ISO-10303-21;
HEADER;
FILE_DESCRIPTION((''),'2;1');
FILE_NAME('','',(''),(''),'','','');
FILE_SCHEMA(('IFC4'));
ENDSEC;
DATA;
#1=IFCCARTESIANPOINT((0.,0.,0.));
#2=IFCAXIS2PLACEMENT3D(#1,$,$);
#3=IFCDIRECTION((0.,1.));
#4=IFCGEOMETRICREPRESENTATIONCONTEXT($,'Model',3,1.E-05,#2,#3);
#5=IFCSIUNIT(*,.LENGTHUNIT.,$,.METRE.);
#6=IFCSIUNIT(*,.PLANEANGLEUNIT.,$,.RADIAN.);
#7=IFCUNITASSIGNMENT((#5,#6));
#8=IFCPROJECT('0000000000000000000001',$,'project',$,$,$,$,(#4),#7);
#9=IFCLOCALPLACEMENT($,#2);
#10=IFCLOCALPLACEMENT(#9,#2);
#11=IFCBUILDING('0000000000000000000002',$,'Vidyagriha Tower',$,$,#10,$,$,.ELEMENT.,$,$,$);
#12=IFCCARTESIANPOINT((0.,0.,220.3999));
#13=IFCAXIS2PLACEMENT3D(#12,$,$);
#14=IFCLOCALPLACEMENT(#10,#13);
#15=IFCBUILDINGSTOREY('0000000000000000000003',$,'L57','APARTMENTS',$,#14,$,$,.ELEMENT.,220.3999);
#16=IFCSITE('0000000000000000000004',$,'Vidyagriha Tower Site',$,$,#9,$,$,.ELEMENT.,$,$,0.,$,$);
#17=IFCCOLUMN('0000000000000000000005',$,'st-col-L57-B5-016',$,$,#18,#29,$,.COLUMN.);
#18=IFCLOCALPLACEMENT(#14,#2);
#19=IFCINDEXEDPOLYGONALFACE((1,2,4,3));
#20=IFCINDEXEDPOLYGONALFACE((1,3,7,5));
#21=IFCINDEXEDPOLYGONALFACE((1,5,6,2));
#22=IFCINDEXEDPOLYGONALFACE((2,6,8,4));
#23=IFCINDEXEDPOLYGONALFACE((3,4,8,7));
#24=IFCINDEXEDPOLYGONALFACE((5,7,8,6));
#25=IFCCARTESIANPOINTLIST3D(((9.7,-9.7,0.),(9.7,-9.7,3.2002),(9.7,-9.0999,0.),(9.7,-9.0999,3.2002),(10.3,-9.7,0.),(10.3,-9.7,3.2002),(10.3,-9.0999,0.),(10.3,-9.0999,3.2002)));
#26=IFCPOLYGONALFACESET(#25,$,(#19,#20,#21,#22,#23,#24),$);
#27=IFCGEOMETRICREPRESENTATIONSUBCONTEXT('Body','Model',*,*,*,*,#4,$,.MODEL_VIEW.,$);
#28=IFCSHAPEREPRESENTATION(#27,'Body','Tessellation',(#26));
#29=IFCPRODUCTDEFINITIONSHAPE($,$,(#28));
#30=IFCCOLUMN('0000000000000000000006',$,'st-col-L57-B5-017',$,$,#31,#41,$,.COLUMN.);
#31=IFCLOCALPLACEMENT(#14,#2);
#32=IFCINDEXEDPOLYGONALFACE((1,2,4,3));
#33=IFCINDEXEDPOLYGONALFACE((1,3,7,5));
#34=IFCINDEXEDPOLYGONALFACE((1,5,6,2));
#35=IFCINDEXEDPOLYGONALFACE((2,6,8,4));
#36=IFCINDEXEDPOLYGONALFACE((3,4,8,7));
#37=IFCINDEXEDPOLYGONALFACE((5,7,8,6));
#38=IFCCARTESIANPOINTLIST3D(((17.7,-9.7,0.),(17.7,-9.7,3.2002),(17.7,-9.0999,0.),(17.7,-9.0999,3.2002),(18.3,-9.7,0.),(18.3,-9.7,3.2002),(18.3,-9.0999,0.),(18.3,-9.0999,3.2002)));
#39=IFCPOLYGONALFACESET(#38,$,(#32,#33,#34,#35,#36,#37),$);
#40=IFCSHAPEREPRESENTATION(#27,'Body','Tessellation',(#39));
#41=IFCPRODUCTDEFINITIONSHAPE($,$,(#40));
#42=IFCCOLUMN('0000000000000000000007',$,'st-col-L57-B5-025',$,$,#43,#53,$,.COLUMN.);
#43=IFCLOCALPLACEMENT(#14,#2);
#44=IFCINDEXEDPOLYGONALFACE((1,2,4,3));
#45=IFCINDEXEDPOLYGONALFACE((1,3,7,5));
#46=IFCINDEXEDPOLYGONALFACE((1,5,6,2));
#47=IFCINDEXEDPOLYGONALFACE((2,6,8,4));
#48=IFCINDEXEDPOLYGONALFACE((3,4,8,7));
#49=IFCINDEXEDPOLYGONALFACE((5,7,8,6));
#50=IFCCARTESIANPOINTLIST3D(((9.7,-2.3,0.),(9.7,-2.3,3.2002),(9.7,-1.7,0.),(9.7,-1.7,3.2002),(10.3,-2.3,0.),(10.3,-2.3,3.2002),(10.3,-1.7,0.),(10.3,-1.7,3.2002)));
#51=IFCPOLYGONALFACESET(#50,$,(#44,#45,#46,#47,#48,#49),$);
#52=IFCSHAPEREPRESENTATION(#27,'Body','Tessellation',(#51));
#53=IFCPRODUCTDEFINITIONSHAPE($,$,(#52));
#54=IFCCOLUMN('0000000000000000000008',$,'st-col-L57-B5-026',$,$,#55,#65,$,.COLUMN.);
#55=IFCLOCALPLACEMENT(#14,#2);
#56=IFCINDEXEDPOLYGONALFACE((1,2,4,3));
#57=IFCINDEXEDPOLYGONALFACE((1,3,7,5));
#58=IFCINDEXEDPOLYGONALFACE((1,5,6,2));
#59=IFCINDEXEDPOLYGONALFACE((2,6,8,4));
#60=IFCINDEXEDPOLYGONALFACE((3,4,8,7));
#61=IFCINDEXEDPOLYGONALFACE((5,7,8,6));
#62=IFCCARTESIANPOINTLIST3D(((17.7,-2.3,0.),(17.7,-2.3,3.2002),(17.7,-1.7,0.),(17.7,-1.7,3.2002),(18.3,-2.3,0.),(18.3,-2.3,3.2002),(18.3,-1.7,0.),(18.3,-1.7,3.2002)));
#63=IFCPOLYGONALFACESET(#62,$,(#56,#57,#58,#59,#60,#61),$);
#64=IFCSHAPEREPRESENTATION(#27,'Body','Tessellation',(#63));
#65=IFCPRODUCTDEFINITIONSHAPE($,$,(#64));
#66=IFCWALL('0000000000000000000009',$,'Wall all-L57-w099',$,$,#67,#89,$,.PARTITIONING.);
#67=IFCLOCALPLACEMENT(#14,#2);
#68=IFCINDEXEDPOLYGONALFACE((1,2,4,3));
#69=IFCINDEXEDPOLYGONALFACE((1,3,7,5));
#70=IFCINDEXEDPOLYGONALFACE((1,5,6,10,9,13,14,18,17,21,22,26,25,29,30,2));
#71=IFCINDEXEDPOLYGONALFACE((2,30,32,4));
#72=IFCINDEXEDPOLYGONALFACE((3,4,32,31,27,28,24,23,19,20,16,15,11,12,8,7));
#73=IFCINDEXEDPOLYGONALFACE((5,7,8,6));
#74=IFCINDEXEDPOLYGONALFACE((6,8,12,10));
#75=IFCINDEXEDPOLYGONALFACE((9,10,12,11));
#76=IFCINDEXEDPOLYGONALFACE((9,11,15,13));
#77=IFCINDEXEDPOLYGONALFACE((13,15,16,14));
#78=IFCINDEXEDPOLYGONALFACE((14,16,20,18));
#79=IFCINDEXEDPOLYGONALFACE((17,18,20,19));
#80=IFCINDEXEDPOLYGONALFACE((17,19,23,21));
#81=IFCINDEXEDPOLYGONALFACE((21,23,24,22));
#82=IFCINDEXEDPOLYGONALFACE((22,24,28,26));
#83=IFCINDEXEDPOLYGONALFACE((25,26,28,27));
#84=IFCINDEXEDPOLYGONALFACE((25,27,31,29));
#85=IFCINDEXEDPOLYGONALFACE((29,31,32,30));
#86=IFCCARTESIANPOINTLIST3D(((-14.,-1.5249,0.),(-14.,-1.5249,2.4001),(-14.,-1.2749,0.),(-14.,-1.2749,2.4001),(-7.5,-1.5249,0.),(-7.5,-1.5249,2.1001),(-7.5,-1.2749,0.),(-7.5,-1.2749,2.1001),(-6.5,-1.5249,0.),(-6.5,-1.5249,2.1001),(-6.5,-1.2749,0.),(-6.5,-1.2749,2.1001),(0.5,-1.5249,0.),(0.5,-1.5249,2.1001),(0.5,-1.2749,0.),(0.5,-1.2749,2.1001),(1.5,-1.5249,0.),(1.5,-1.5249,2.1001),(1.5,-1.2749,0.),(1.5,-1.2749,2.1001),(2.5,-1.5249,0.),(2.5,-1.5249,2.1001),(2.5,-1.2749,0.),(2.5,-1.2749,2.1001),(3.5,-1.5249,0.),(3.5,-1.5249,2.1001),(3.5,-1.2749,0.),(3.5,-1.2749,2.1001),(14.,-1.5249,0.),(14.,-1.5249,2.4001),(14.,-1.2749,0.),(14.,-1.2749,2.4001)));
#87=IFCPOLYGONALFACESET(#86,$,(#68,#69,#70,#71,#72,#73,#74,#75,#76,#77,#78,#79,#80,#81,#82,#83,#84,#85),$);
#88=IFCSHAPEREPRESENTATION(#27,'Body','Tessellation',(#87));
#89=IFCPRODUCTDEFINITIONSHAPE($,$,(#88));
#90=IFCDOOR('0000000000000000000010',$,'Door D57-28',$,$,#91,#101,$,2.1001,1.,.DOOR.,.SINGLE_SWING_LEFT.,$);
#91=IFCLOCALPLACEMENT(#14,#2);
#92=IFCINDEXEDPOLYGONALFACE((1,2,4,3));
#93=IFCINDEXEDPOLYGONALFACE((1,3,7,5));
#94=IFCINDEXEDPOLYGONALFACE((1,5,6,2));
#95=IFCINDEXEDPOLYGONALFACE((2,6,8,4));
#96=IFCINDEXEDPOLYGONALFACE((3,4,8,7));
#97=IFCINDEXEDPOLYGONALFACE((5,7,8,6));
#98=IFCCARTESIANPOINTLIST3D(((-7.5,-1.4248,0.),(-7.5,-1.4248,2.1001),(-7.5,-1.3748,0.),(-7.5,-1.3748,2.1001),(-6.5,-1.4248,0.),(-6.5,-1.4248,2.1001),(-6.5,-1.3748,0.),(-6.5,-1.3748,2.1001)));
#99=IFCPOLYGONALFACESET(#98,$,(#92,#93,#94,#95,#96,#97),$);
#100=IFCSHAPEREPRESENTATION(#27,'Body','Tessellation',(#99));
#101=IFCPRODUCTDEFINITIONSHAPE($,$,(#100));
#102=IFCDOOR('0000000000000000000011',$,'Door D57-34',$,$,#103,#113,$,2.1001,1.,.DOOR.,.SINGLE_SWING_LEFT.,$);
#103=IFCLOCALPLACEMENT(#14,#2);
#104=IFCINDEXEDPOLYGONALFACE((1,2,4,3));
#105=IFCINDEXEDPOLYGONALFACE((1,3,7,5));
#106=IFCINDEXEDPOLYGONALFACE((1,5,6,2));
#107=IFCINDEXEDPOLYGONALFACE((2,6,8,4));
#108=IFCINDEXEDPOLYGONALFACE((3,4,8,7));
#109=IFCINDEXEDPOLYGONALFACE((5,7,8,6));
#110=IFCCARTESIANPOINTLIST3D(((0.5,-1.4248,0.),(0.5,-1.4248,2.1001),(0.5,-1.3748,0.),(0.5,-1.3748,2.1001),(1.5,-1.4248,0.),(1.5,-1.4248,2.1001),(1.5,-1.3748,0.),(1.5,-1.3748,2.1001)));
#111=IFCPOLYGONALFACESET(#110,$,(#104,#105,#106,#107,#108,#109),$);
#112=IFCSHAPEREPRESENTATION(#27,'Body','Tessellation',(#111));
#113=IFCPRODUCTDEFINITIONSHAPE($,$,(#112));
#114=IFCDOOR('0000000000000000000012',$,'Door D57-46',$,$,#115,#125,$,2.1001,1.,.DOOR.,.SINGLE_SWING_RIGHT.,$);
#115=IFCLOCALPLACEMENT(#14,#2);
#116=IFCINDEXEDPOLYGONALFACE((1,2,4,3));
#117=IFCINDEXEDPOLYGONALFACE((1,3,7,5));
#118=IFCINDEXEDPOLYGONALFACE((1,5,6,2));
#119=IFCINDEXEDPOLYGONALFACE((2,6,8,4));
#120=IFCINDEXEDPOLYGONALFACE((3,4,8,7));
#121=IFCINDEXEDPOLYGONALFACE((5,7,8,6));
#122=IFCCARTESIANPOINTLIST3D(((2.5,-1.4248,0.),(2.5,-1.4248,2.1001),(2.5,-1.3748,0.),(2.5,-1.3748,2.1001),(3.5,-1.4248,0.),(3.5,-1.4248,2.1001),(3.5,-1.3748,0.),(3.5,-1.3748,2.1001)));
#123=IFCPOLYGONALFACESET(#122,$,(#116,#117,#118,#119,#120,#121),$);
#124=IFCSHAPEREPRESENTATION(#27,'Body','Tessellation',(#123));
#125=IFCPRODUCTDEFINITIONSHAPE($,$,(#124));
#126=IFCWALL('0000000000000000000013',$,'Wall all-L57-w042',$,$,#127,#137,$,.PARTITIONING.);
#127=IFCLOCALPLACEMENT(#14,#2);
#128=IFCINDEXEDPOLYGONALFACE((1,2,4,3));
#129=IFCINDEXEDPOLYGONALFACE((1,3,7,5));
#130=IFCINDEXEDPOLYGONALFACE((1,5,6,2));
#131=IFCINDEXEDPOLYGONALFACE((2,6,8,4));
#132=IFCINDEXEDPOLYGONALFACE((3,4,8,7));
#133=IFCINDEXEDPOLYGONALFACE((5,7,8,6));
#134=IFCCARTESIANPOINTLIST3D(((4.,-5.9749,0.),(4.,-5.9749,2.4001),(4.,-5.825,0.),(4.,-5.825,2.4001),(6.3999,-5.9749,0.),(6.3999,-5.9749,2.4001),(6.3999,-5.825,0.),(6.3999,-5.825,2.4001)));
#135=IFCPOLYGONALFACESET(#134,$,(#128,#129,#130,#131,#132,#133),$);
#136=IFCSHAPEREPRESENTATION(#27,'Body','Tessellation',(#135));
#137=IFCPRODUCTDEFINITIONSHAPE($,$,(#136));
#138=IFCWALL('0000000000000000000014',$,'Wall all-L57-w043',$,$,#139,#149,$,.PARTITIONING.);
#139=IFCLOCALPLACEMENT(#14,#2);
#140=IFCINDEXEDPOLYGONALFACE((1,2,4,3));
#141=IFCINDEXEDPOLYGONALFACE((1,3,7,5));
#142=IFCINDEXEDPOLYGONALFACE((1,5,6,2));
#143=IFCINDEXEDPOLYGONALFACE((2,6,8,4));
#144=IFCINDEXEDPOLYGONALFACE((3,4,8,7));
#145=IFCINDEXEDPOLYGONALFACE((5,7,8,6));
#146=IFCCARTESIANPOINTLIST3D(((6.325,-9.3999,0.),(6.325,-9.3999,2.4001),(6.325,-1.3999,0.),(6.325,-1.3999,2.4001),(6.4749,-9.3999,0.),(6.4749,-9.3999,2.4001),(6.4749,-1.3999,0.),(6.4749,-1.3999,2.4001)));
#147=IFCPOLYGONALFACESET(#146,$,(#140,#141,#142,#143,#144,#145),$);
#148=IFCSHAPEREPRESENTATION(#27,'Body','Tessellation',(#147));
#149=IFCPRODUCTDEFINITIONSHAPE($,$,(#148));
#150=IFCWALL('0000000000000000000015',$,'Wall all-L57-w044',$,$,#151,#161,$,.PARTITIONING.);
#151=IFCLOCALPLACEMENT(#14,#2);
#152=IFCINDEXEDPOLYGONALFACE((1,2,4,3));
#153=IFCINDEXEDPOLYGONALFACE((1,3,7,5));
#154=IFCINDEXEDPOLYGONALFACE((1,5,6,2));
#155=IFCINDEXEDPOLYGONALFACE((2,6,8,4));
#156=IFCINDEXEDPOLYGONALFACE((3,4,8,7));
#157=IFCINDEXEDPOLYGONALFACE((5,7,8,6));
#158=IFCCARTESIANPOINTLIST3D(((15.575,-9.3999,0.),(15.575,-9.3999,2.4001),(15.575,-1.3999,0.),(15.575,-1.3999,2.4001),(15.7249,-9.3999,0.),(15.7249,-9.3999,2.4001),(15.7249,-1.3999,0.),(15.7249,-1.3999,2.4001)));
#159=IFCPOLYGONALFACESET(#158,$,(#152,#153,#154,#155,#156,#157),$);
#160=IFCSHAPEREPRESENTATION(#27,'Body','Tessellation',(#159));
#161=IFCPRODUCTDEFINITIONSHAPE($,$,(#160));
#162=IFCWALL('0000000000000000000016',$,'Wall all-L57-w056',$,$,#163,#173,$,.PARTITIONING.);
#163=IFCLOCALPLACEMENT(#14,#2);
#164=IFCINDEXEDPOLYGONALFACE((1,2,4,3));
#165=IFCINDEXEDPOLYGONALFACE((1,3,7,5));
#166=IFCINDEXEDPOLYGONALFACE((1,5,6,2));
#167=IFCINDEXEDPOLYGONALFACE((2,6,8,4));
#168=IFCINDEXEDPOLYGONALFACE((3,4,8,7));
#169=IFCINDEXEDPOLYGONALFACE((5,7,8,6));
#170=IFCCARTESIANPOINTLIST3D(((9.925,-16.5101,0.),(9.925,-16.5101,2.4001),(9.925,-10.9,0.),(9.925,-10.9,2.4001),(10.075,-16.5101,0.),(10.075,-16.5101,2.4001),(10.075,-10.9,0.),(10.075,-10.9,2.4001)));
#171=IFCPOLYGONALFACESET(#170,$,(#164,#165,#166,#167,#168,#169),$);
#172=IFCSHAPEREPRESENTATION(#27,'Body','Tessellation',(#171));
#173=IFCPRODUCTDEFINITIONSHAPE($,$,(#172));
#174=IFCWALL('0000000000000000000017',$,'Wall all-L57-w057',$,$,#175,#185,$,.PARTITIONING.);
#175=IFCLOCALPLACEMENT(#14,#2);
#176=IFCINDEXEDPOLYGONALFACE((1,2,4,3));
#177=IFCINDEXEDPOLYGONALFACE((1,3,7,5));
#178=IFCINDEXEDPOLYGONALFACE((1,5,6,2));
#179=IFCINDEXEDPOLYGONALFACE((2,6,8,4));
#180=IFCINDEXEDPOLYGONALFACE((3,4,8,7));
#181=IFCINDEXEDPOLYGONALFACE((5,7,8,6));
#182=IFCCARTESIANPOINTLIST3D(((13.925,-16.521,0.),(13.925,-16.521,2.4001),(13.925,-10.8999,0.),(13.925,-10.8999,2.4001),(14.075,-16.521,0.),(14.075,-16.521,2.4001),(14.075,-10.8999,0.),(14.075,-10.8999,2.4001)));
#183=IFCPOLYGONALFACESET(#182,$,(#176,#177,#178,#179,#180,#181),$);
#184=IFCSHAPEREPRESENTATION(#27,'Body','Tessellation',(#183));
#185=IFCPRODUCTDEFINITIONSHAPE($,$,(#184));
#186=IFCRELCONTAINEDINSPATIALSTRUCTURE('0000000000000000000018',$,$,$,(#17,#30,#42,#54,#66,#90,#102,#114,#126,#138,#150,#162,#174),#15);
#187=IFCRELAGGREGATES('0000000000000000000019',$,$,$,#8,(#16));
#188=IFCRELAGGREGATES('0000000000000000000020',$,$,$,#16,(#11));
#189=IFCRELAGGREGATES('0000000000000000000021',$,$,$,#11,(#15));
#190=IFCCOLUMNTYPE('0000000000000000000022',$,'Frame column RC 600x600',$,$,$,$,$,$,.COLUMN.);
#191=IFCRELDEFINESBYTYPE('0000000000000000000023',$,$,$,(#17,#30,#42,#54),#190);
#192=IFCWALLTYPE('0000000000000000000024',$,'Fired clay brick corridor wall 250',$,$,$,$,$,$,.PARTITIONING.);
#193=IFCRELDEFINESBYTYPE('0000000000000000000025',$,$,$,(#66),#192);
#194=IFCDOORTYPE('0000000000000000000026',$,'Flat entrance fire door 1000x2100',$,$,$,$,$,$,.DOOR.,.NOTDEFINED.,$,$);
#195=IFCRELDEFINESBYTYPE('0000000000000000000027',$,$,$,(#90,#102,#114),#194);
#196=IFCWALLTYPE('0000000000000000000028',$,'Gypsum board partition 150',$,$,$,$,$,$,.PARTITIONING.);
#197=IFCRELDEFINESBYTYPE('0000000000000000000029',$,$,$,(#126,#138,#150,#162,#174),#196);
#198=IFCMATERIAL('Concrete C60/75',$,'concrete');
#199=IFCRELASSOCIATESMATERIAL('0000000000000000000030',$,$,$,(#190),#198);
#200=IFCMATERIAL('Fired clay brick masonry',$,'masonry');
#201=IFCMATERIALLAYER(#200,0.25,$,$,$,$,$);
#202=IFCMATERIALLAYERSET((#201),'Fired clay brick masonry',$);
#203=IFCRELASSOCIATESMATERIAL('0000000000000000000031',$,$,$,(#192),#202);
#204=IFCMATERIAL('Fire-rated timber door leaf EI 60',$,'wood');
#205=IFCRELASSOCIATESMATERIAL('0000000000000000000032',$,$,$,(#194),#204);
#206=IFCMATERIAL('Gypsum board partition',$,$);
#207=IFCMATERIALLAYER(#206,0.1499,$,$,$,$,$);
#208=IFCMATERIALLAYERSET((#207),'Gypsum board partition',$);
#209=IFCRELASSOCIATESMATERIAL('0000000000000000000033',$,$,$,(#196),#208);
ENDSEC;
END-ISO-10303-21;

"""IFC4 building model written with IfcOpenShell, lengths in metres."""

from ifc_helpers import new_model, si_unit, direction, frame, frame_2d, origin, origin_2d, place, context, subcontext, project, spatial, rectangle, extrude, material, layer, layer_set, material_profile, profile_set, type_object, element, fill, save


model = new_model("IFC4")

# Units and contexts
model_context = context("Model", 3, precision=1e-05, world=origin(), true_north=direction((0.0, 1.0)))
body_context = subcontext(model_context, "Body", "Model", "MODEL_VIEW")
ifc_project = project(units=[si_unit("LENGTHUNIT", "METRE"), si_unit("PLANEANGLEUNIT", "RADIAN")], contexts=[model_context])

# Site, building, storey
site_placement = place(None, origin())
site = spatial("IfcSite", under=ifc_project, at=site_placement, Name="Vidyagriha Tower Site", CompositionType="ELEMENT", RefElevation=0.0)
building_placement = place(site_placement, origin())
building = spatial("IfcBuilding", under=site, at=building_placement, Name="Vidyagriha Tower", CompositionType="ELEMENT")
storey_placement = place(building_placement, frame((0.0, 0.0, 220.3999)))
storey = spatial("IfcBuildingStorey", under=building, at=storey_placement, Name="L57", Description="APARTMENTS", CompositionType="ELEMENT", Elevation=220.3999)

# Columns
ifc_material_1 = material(Name="Concrete C60/75", Category="concrete")
ifc_material_profile = material_profile(ifc_material_1, rectangle(XDim=0.6001, YDim=0.6001, at=origin_2d()), Name="RC 600x600")
ifc_profile_set = profile_set([ifc_material_profile], Name="Concrete C60/75")
column_type = type_object("IfcColumnType", Name="Frame column RC 600x600", PredefinedType="COLUMN", material=ifc_profile_set)
for number, where, name in (
    (1, (10.0, -9.3999, 0.0), "st-col-L57-B5-016"),
    (2, (18.0, -9.3999, 0.0), "st-col-L57-B5-017"),
    (3, (10.0, -2.0, 0.0), "st-col-L57-B5-025"),
    (4, (18.0, -2.0, 0.0), "st-col-L57-B5-026"),
):
    element("IfcColumn", number, at=place(storey_placement, frame(where)), inside=storey, type_object=column_type, Name=name, PredefinedType="COLUMN", context=body_context, shape_type="SweptSolid", body=[
        extrude(rectangle(XDim=0.6001, YDim=0.6001, at=origin_2d()), origin(), (0.0, 0.0, 1.0), 3.2002),
    ])

# Wall, openings, doors
ifc_material_2 = material(Name="Fired clay brick masonry", Category="masonry")
ifc_layer_1 = layer(ifc_material_2, 0.25)
ifc_layer_set_1 = layer_set([ifc_layer_1], Name="Fired clay brick masonry")
wall_type_1 = type_object("IfcWallType", Name="Fired clay brick corridor wall 250", PredefinedType="PARTITIONING", material=ifc_layer_set_1)
wall_1_placement = place(storey_placement, frame((14.0, -1.3999, 0.0), z_axis=(0.0, 0.0, 1.0), x_axis=(-1.0, 0.0, 0.0)))
wall_1 = element("IfcWall", 5, at=wall_1_placement, inside=storey, type_object=wall_type_1, Name="Wall all-L57-w099", PredefinedType="PARTITIONING", context=body_context, shape_type="SweptSolid", body=[
    extrude(rectangle(XDim=28.0, YDim=0.25, at=frame_2d((14.0, 0.0))), origin(), (0.0, 0.0, 1.0), 2.4001),
])
opening_1_placement = place(wall_1_placement, frame((20.5, 0.0, 0.0)))
opening_1 = element("IfcOpeningElement", 6, at=opening_1_placement, cuts=wall_1, PredefinedType="OPENING", context=body_context, shape_type="SweptSolid", body=[
    extrude(rectangle(XDim=1.0, YDim=2.1001, at=frame_2d((0.5, 1.05))), frame((0.0, 0.135, 0.0), z_axis=(0.0, -1.0, 0.0), x_axis=(1.0, 0.0, 0.0)), (0.0, 0.0, 1.0), 0.27),
])
opening_2_placement = place(wall_1_placement, frame((12.5, 0.0, 0.0)))
opening_2 = element("IfcOpeningElement", 7, at=opening_2_placement, cuts=wall_1, PredefinedType="OPENING", context=body_context, shape_type="SweptSolid", body=[
    extrude(rectangle(XDim=1.0, YDim=2.1001, at=frame_2d((0.5, 1.05))), frame((0.0, 0.135, 0.0), z_axis=(0.0, -1.0, 0.0), x_axis=(1.0, 0.0, 0.0)), (0.0, 0.0, 1.0), 0.27),
])
opening_3_placement = place(wall_1_placement, frame((10.5, 0.0, 0.0)))
opening_3 = element("IfcOpeningElement", 8, at=opening_3_placement, cuts=wall_1, PredefinedType="OPENING", context=body_context, shape_type="SweptSolid", body=[
    extrude(rectangle(XDim=1.0, YDim=2.1001, at=frame_2d((0.5, 1.05))), frame((0.0, 0.135, 0.0), z_axis=(0.0, -1.0, 0.0), x_axis=(1.0, 0.0, 0.0)), (0.0, 0.0, 1.0), 0.27),
])
ifc_material_3 = material(Name="Fire-rated timber door leaf EI 60", Category="wood")
door_type_1 = type_object("IfcDoorType", Name="Flat entrance fire door 1000x2100", OperationType="NOTDEFINED", PredefinedType="DOOR", material=ifc_material_3)
door_1_placement = place(opening_1_placement, origin())
door_1 = element("IfcDoor", 9, at=door_1_placement, inside=storey, type_object=door_type_1, Name="Door D57-28", OperationType="SINGLE_SWING_LEFT", OverallHeight=2.1001, OverallWidth=1.0, PredefinedType="DOOR", context=body_context, shape_type="SweptSolid", body=[
    extrude(rectangle(XDim=1.0, YDim=2.1001, at=frame_2d((0.5, 1.05))), frame((0.0, 0.0249, 0.0), z_axis=(0.0, -1.0, 0.0), x_axis=(1.0, 0.0, 0.0)), (0.0, 0.0, 1.0), 0.05),
])
fill(opening_1, door_1)
door_2_placement = place(opening_2_placement, origin())
door_2 = element("IfcDoor", 10, at=door_2_placement, inside=storey, type_object=door_type_1, Name="Door D57-34", OperationType="SINGLE_SWING_LEFT", OverallHeight=2.1001, OverallWidth=1.0, PredefinedType="DOOR", context=body_context, shape_type="SweptSolid", body=[
    extrude(rectangle(XDim=1.0, YDim=2.1001, at=frame_2d((0.5, 1.05))), frame((0.0, 0.0249, 0.0), z_axis=(0.0, -1.0, 0.0), x_axis=(1.0, 0.0, 0.0)), (0.0, 0.0, 1.0), 0.05),
])
fill(opening_2, door_2)
door_3_placement = place(opening_3_placement, origin())
door_3 = element("IfcDoor", 11, at=door_3_placement, inside=storey, type_object=door_type_1, Name="Door D57-46", OperationType="SINGLE_SWING_RIGHT", OverallHeight=2.1001, OverallWidth=1.0, PredefinedType="DOOR", context=body_context, shape_type="SweptSolid", body=[
    extrude(rectangle(XDim=1.0, YDim=2.1001, at=frame_2d((0.5, 1.05))), frame((0.0, 0.0249, 0.0), z_axis=(0.0, -1.0, 0.0), x_axis=(1.0, 0.0, 0.0)), (0.0, 0.0, 1.0), 0.05),
])
fill(opening_3, door_3)

# Walls
ifc_material_4 = material(Name="Gypsum board partition")
ifc_layer_2 = layer(ifc_material_4, 0.1499)
ifc_layer_set_2 = layer_set([ifc_layer_2], Name="Gypsum board partition")
wall_type_2 = type_object("IfcWallType", Name="Gypsum board partition 150", PredefinedType="PARTITIONING", material=ifc_layer_set_2)
wall_2_placement = place(storey_placement, frame((6.3999, -5.8999, 0.0), z_axis=(0.0, 0.0, 1.0), x_axis=(-1.0, 0.0, 0.0)))
element("IfcWall", 12, at=wall_2_placement, inside=storey, type_object=wall_type_2, Name="Wall all-L57-w042", PredefinedType="PARTITIONING", context=body_context, shape_type="SweptSolid", body=[
    extrude(rectangle(XDim=2.3999, YDim=0.1499, at=frame_2d((1.2, 0.0))), origin(), (0.0, 0.0, 1.0), 2.4001),
])
for number, where, z_axis, x_axis, name in (
    (13, (6.3999, -1.3999, 0.0), (0.0, 0.0, 1.0), (0.0, -1.0, 0.0), "Wall all-L57-w043"),
    (14, (15.6499, -1.3999, 0.0), (0.0, 0.0, 1.0), (0.0, -1.0, 0.0), "Wall all-L57-w044"),
):
    element("IfcWall", number, at=place(storey_placement, frame(where, z_axis=z_axis, x_axis=x_axis)), inside=storey, type_object=wall_type_2, Name=name, PredefinedType="PARTITIONING", context=body_context, shape_type="SweptSolid", body=[
        extrude(rectangle(XDim=8.0, YDim=0.1499, at=frame_2d((4.0, 0.0))), origin(), (0.0, 0.0, 1.0), 2.4001),
    ])
wall_3_placement = place(storey_placement, frame((10.0, -10.8999, 0.0), z_axis=(0.0, 0.0, 1.0), x_axis=(0.0, -1.0, 0.0)))
element("IfcWall", 15, at=wall_3_placement, inside=storey, type_object=wall_type_2, Name="Wall all-L57-w056", PredefinedType="PARTITIONING", context=body_context, shape_type="SweptSolid", body=[
    extrude(rectangle(XDim=5.6101, YDim=0.1499, at=frame_2d((2.8052, 0.0))), origin(), (0.0, 0.0, 1.0), 2.4001),
])
wall_4_placement = place(storey_placement, frame((14.0, -10.8999, 0.0), z_axis=(0.0, 0.0, 1.0), x_axis=(0.0, -1.0, 0.0)))
element("IfcWall", 16, at=wall_4_placement, inside=storey, type_object=wall_type_2, Name="Wall all-L57-w057", PredefinedType="PARTITIONING", context=body_context, shape_type="SweptSolid", body=[
    extrude(rectangle(XDim=5.6211, YDim=0.1499, at=frame_2d((2.8105, 0.0))), origin(), (0.0, 0.0, 1.0), 2.4001),
])

save(model, "model.ifc")
